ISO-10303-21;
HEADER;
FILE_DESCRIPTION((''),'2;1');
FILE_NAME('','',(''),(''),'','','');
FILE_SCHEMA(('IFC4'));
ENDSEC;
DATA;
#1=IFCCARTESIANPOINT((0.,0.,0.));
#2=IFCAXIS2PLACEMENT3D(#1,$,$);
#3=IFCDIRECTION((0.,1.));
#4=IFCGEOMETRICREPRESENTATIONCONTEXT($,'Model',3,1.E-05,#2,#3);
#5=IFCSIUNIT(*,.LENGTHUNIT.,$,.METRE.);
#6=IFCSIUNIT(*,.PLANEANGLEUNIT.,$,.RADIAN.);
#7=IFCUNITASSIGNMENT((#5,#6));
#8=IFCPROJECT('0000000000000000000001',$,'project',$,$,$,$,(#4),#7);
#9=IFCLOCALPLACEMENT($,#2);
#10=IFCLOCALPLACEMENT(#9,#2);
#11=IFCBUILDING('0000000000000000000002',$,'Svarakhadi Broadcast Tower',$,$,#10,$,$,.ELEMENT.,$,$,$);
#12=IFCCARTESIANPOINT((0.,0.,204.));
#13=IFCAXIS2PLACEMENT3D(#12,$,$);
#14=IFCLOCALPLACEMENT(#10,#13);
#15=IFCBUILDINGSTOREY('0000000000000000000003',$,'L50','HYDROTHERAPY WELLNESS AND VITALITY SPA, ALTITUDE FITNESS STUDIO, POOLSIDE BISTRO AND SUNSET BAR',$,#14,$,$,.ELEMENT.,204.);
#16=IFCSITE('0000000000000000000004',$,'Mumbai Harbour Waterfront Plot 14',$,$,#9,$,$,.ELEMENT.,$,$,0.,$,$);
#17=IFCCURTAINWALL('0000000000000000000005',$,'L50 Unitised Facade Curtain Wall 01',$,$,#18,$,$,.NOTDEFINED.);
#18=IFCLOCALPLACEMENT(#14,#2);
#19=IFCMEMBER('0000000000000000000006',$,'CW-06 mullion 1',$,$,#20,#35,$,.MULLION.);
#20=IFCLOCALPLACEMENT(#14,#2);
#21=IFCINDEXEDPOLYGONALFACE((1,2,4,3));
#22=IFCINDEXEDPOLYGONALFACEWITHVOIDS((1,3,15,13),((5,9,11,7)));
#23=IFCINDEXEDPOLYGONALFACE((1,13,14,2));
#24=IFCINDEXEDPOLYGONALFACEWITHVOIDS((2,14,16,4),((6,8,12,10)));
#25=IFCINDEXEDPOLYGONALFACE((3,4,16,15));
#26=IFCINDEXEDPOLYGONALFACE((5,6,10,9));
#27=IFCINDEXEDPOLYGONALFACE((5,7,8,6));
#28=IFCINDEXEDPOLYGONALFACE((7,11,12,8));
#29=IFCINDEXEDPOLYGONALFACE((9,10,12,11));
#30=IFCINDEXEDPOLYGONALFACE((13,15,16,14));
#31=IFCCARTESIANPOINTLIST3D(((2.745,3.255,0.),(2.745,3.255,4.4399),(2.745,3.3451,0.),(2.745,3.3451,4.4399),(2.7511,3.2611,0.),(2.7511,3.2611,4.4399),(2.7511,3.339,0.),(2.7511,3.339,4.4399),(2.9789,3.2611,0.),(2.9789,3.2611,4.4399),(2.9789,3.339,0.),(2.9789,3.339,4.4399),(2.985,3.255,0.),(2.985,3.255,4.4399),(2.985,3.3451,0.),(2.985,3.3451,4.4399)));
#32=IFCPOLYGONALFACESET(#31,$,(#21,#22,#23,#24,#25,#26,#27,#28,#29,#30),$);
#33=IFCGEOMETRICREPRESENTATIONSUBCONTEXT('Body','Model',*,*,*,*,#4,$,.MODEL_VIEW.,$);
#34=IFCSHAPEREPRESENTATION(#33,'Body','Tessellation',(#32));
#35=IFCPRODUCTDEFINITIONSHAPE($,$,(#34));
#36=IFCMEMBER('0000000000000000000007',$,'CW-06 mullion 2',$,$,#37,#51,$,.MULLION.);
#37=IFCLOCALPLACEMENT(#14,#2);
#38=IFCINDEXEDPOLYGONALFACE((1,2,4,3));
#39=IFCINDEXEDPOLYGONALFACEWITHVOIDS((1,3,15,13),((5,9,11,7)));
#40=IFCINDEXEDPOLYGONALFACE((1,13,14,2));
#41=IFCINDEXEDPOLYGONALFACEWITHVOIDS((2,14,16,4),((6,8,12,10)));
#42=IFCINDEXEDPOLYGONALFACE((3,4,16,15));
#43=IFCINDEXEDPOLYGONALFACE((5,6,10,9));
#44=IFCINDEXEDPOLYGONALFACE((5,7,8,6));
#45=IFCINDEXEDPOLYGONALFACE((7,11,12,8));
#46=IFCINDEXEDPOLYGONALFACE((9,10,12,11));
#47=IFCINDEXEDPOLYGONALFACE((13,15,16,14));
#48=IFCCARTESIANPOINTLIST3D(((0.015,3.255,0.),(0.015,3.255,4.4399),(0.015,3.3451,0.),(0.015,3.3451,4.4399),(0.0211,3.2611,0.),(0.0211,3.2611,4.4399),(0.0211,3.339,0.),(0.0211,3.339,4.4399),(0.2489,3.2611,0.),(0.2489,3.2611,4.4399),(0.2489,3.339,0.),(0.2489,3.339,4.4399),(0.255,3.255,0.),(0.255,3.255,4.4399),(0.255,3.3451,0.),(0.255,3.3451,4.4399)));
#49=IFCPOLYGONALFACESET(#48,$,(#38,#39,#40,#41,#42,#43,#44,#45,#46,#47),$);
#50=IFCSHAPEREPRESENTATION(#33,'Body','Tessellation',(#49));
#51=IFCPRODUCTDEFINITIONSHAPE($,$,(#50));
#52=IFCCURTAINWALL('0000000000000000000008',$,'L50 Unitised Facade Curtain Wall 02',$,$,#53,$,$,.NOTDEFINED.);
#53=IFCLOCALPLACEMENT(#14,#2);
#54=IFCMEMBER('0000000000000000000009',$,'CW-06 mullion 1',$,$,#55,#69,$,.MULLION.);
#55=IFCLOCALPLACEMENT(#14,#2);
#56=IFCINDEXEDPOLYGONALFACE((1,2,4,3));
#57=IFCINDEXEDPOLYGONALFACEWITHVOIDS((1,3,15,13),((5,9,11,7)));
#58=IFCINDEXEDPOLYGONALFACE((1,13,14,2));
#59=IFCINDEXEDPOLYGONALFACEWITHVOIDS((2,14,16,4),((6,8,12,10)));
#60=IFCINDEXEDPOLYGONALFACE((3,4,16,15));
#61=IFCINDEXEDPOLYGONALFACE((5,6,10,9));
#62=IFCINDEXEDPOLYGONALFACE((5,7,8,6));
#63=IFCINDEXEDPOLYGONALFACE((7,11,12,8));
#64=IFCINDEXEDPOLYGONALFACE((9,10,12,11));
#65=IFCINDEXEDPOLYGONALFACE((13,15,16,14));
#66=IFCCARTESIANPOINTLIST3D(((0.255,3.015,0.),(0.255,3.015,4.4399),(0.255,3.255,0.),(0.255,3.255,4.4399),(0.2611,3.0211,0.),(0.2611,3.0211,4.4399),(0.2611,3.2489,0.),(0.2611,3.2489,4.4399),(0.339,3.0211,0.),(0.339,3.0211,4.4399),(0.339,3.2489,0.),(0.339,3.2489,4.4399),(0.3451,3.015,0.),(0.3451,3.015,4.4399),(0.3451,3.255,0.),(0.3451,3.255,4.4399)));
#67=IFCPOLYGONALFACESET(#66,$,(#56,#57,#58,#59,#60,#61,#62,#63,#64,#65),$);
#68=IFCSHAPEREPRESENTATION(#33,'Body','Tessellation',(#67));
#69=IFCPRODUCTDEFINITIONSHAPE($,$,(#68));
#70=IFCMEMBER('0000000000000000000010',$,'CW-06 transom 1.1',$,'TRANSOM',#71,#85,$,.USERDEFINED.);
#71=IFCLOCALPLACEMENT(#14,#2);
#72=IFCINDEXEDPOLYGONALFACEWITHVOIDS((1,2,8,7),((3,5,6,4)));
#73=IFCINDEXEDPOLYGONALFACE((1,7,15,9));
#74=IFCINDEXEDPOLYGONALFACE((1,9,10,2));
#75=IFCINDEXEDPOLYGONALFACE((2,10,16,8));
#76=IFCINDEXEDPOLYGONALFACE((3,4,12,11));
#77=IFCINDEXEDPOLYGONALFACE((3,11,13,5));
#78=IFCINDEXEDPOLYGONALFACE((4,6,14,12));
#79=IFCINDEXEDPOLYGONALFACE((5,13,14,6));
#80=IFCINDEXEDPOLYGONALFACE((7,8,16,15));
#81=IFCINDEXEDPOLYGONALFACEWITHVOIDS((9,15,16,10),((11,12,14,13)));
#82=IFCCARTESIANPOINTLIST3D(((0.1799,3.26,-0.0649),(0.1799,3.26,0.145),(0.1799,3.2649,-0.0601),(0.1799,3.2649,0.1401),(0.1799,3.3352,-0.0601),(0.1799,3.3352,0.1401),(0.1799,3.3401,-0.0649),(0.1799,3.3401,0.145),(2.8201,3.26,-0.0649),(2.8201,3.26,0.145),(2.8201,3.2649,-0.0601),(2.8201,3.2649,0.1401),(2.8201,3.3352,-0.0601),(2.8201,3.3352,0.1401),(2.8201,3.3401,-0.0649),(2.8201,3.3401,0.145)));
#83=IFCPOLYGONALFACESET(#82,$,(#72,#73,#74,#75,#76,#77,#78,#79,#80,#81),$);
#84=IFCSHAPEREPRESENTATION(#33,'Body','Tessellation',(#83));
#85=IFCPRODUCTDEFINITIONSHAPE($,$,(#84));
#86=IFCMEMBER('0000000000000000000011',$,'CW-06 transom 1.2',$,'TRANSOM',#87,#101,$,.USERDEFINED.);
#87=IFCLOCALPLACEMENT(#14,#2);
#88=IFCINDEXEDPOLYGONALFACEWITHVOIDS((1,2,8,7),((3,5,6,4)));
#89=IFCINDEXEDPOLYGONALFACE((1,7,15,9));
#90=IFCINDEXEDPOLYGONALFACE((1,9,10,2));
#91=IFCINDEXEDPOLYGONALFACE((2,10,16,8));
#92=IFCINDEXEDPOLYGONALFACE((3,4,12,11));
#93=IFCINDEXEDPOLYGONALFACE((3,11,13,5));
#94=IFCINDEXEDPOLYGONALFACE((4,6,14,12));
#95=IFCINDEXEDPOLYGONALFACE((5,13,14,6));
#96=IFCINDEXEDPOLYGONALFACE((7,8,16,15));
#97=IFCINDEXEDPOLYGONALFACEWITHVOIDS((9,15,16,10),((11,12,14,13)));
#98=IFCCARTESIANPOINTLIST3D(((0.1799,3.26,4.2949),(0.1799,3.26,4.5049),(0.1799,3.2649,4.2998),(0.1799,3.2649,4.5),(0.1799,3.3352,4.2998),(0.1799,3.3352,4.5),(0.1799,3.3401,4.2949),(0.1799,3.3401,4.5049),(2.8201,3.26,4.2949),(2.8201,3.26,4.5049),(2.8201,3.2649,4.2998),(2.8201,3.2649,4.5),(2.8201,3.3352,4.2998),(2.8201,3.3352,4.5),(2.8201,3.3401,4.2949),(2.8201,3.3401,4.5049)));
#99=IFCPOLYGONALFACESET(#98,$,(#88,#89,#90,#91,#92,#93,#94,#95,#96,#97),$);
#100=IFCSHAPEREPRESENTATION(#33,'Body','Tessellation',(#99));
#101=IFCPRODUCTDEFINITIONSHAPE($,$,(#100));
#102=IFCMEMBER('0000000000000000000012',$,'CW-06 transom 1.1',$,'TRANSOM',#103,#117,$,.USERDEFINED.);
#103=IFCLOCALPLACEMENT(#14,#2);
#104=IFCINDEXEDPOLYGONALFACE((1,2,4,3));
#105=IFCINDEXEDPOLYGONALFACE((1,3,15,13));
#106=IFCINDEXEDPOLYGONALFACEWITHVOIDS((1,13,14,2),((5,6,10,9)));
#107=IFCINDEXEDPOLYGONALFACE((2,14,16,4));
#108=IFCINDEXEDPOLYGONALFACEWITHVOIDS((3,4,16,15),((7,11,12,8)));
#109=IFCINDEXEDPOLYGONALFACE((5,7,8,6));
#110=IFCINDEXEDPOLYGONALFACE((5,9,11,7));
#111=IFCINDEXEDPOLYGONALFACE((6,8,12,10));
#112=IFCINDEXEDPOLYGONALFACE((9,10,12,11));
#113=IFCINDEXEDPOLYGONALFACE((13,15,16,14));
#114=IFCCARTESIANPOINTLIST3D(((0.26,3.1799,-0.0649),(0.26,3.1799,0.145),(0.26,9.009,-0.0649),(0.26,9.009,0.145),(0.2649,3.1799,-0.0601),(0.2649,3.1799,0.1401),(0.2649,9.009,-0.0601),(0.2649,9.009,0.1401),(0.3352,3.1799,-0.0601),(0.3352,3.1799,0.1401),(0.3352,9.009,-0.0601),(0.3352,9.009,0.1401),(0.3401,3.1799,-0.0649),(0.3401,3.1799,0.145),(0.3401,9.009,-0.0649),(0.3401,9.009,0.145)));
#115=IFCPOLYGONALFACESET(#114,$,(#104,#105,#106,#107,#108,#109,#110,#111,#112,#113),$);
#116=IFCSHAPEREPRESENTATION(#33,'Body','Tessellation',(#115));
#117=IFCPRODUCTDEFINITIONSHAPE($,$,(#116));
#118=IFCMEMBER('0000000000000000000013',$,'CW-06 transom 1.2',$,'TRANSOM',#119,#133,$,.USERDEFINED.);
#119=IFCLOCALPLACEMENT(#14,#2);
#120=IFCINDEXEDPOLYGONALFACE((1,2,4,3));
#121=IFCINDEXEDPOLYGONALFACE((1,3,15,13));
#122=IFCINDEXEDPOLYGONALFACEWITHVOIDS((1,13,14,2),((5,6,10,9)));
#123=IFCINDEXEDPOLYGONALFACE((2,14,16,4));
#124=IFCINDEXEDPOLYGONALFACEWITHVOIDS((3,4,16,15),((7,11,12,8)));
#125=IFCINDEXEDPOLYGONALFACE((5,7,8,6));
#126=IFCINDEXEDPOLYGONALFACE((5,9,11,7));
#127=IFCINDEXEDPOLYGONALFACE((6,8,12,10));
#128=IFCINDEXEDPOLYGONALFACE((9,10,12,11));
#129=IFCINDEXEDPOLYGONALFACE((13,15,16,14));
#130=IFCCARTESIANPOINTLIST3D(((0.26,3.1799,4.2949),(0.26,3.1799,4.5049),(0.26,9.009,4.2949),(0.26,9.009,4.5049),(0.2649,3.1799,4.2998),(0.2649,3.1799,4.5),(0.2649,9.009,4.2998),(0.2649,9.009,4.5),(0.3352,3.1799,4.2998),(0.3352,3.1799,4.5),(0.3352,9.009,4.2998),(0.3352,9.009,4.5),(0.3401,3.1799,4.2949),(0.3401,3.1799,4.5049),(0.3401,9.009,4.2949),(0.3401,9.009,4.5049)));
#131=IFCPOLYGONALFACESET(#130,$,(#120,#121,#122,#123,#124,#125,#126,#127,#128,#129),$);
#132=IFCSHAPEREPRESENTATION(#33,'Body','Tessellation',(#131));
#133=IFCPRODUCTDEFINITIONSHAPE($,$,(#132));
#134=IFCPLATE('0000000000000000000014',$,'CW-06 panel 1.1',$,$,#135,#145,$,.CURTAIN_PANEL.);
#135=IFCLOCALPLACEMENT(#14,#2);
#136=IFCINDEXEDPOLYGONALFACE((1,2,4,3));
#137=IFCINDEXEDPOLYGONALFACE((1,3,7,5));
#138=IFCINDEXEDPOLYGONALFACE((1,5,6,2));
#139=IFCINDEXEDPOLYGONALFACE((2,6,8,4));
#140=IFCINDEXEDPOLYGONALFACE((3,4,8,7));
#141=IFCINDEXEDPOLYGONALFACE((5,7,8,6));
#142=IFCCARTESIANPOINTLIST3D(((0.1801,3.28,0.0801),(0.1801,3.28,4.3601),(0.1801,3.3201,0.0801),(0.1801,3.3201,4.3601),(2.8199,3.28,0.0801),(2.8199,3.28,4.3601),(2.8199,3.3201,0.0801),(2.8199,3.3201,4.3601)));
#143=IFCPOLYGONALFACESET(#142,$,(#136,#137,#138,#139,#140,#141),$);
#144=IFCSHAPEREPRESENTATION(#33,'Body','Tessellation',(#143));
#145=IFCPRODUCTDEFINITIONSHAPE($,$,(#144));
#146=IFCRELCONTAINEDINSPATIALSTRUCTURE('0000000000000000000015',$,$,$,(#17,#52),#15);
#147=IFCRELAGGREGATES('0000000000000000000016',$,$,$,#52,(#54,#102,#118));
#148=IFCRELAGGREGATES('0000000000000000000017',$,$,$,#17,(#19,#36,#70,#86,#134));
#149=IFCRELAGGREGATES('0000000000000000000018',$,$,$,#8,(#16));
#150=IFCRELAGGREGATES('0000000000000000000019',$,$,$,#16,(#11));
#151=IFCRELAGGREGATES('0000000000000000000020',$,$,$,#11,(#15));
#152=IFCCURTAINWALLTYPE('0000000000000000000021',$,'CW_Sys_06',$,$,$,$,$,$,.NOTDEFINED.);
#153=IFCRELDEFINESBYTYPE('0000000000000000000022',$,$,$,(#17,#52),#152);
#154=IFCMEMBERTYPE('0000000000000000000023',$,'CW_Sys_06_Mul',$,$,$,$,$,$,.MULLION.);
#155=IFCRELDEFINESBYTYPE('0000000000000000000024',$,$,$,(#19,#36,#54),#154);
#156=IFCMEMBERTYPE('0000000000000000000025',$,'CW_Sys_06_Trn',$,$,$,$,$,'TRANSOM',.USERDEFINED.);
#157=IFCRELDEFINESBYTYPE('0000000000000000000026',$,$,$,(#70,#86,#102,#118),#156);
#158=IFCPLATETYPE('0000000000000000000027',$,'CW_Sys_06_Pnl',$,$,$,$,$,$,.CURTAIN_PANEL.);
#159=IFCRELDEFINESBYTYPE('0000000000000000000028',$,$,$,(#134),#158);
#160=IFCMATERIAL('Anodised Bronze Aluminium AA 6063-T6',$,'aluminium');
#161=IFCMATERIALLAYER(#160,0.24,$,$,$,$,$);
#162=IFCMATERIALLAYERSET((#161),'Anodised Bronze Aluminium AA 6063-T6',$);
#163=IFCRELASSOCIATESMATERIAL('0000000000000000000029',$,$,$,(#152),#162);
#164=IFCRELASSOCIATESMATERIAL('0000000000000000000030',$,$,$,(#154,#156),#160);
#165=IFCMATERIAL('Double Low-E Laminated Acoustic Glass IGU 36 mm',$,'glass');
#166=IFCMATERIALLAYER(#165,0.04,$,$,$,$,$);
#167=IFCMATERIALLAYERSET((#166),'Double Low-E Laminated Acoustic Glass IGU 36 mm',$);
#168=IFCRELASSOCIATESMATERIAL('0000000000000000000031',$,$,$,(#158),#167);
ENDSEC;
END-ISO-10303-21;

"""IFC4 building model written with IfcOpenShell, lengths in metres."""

from ifc_helpers import new_model, si_unit, direction, frame, origin, origin_2d, place, context, subcontext, project, spatial, rectangle, hollow_rectangle, extrude, material, layer, layer_set, material_profile, profile_set, type_object, element, aggregate, save


model = new_model("IFC4")

# Units and contexts
model_context = context("Model", 3, precision=1e-05, world=origin(), true_north=direction((0.0, 1.0)))
body_context = subcontext(model_context, "Body", "Model", "MODEL_VIEW")
ifc_project = project(units=[si_unit("LENGTHUNIT", "METRE"), si_unit("PLANEANGLEUNIT", "RADIAN")], contexts=[model_context])

# Site, building, storey
site_placement = place(None, origin())
site = spatial("IfcSite", under=ifc_project, at=site_placement, Name="Mumbai Harbour Waterfront Plot 14", CompositionType="ELEMENT", RefElevation=0.0)
building_placement = place(site_placement, origin())
building = spatial("IfcBuilding", under=site, at=building_placement, Name="Svarakhadi Broadcast Tower", CompositionType="ELEMENT")
storey_placement = place(building_placement, frame((0.0, 0.0, 204.0)))
storey = spatial("IfcBuildingStorey", under=building, at=storey_placement, Name="L50", Description="HYDROTHERAPY WELLNESS AND VITALITY SPA, ALTITUDE FITNESS STUDIO, POOLSIDE BISTRO AND SUNSET BAR", CompositionType="ELEMENT", Elevation=204.0)

# Curtain wall, members
ifc_material_1 = material(Name="Anodised Bronze Aluminium AA 6063-T6", Category="aluminium")
ifc_layer_1 = layer(ifc_material_1, 0.24)
ifc_layer_set_1 = layer_set([ifc_layer_1], Name="Anodised Bronze Aluminium AA 6063-T6")
curtain_wall_type = type_object("IfcCurtainWallType", Name="CW_Sys_06", PredefinedType="NOTDEFINED", material=ifc_layer_set_1)
curtain_wall_1_placement = place(storey_placement, origin())
curtain_wall_1 = element("IfcCurtainWall", 1, at=curtain_wall_1_placement, inside=storey, type_object=curtain_wall_type, Name="L50 Unitised Facade Curtain Wall 01", PredefinedType="NOTDEFINED")
ifc_material_profile_1 = material_profile(ifc_material_1, hollow_rectangle(XDim=0.0901, YDim=0.24, WallThickness=0.0061, at=origin_2d()), Name="ALU MULLION 240x90x6")
ifc_profile_set_1 = profile_set([ifc_material_profile_1], Name="Anodised Bronze Aluminium AA 6063-T6")
member_type_1 = type_object("IfcMemberType", Name="CW_Sys_06_Mul", PredefinedType="MULLION", material=ifc_profile_set_1)
member_1_placement = place(storey_placement, frame((2.865, 3.3, 0.0), z_axis=(0.0, 0.0, 1.0), x_axis=(0.0, -1.0, 0.0)))
member_1 = element("IfcMember", 2, at=member_1_placement, type_object=member_type_1, Name="CW-06 mullion 1", PredefinedType="MULLION", context=body_context, shape_type="SweptSolid", body=[
    extrude(hollow_rectangle(XDim=0.0901, YDim=0.24, WallThickness=0.0061, at=origin_2d()), origin(), (0.0, 0.0, 1.0), 4.4399),
])
member_2_placement = place(storey_placement, frame((0.135, 3.3, 0.0), z_axis=(0.0, 0.0, 1.0), x_axis=(0.0, -1.0, 0.0)))
member_2 = element("IfcMember", 3, at=member_2_placement, type_object=member_type_1, Name="CW-06 mullion 2", PredefinedType="MULLION", context=body_context, shape_type="SweptSolid", body=[
    extrude(hollow_rectangle(XDim=0.0901, YDim=0.24, WallThickness=0.0061, at=origin_2d()), origin(), (0.0, 0.0, 1.0), 4.4399),
])

# Curtain wall, member
curtain_wall_2_placement = place(storey_placement, origin())
curtain_wall_2 = element("IfcCurtainWall", 4, at=curtain_wall_2_placement, inside=storey, type_object=curtain_wall_type, Name="L50 Unitised Facade Curtain Wall 02", PredefinedType="NOTDEFINED")
member_3_placement = place(storey_placement, frame((0.3, 3.135, 0.0), z_axis=(0.0, 0.0, 1.0), x_axis=(-1.0, 0.0, 0.0)))
member_3 = element("IfcMember", 5, at=member_3_placement, type_object=member_type_1, Name="CW-06 mullion 1", PredefinedType="MULLION", context=body_context, shape_type="SweptSolid", body=[
    extrude(hollow_rectangle(XDim=0.0901, YDim=0.24, WallThickness=0.0061, at=origin_2d()), origin(), (0.0, 0.0, 1.0), 4.4399),
])

# Members
ifc_material_profile_2 = material_profile(ifc_material_1, hollow_rectangle(XDim=0.0801, YDim=0.21, WallThickness=0.0049, at=origin_2d()), Name="ALU TRANSOM 210x80x5")
ifc_profile_set_2 = profile_set([ifc_material_profile_2], Name="Anodised Bronze Aluminium AA 6063-T6")
member_type_2 = type_object("IfcMemberType", Name="CW_Sys_06_Trn", ElementType="TRANSOM", PredefinedType="USERDEFINED", material=ifc_profile_set_2)
member_4_placement = place(storey_placement, frame((2.8201, 3.3, 0.04), z_axis=(-1.0, 0.0, 0.0), x_axis=(0.0, -1.0, 0.0)))
member_4 = element("IfcMember", 6, at=member_4_placement, type_object=member_type_2, Name="CW-06 transom 1.1", ObjectType="TRANSOM", PredefinedType="USERDEFINED", context=body_context, shape_type="SweptSolid", body=[
    extrude(hollow_rectangle(XDim=0.0801, YDim=0.21, WallThickness=0.0049, at=origin_2d()), origin(), (0.0, 0.0, 1.0), 2.6401),
])
member_5_placement = place(storey_placement, frame((2.8201, 3.3, 4.3999), z_axis=(-1.0, 0.0, 0.0), x_axis=(0.0, -1.0, 0.0)))
member_5 = element("IfcMember", 7, at=member_5_placement, type_object=member_type_2, Name="CW-06 transom 1.2", ObjectType="TRANSOM", PredefinedType="USERDEFINED", context=body_context, shape_type="SweptSolid", body=[
    extrude(hollow_rectangle(XDim=0.0801, YDim=0.21, WallThickness=0.0049, at=origin_2d()), origin(), (0.0, 0.0, 1.0), 2.6401),
])
member_6_placement = place(storey_placement, frame((0.3, 3.1799, 0.04), z_axis=(0.0, 1.0, 0.0), x_axis=(-1.0, 0.0, 0.0)))
member_6 = element("IfcMember", 8, at=member_6_placement, type_object=member_type_2, Name="CW-06 transom 1.1", ObjectType="TRANSOM", PredefinedType="USERDEFINED", context=body_context, shape_type="SweptSolid", body=[
    extrude(hollow_rectangle(XDim=0.0801, YDim=0.21, WallThickness=0.0049, at=origin_2d()), origin(), (0.0, 0.0, 1.0), 5.8291),
])
member_7_placement = place(storey_placement, frame((0.3, 3.1799, 4.3999), z_axis=(0.0, 1.0, 0.0), x_axis=(-1.0, 0.0, 0.0)))
member_7 = element("IfcMember", 9, at=member_7_placement, type_object=member_type_2, Name="CW-06 transom 1.2", ObjectType="TRANSOM", PredefinedType="USERDEFINED", context=body_context, shape_type="SweptSolid", body=[
    extrude(hollow_rectangle(XDim=0.0801, YDim=0.21, WallThickness=0.0049, at=origin_2d()), origin(), (0.0, 0.0, 1.0), 5.8291),
])
aggregate(curtain_wall_2, [member_3, member_6, member_7])

# Plate
ifc_material_2 = material(Name="Double Low-E Laminated Acoustic Glass IGU 36 mm", Category="glass")
ifc_layer_2 = layer(ifc_material_2, 0.04)
ifc_layer_set_2 = layer_set([ifc_layer_2], Name="Double Low-E Laminated Acoustic Glass IGU 36 mm")
plate_type = type_object("IfcPlateType", Name="CW_Sys_06_Pnl", PredefinedType="CURTAIN_PANEL", material=ifc_layer_set_2)
plate_placement = place(storey_placement, frame((1.5, 3.3, 0.0801), z_axis=(0.0, 0.0, 1.0), x_axis=(-1.0, 0.0, 0.0)))
plate = element("IfcPlate", 10, at=plate_placement, type_object=plate_type, Name="CW-06 panel 1.1", PredefinedType="CURTAIN_PANEL", context=body_context, shape_type="SweptSolid", body=[
    extrude(rectangle(XDim=2.6399, YDim=0.04, at=origin_2d()), origin(), (0.0, 0.0, 1.0), 4.28),
])
aggregate(curtain_wall_1, [member_1, member_2, member_4, member_5, plate])

save(model, "model.ifc")
